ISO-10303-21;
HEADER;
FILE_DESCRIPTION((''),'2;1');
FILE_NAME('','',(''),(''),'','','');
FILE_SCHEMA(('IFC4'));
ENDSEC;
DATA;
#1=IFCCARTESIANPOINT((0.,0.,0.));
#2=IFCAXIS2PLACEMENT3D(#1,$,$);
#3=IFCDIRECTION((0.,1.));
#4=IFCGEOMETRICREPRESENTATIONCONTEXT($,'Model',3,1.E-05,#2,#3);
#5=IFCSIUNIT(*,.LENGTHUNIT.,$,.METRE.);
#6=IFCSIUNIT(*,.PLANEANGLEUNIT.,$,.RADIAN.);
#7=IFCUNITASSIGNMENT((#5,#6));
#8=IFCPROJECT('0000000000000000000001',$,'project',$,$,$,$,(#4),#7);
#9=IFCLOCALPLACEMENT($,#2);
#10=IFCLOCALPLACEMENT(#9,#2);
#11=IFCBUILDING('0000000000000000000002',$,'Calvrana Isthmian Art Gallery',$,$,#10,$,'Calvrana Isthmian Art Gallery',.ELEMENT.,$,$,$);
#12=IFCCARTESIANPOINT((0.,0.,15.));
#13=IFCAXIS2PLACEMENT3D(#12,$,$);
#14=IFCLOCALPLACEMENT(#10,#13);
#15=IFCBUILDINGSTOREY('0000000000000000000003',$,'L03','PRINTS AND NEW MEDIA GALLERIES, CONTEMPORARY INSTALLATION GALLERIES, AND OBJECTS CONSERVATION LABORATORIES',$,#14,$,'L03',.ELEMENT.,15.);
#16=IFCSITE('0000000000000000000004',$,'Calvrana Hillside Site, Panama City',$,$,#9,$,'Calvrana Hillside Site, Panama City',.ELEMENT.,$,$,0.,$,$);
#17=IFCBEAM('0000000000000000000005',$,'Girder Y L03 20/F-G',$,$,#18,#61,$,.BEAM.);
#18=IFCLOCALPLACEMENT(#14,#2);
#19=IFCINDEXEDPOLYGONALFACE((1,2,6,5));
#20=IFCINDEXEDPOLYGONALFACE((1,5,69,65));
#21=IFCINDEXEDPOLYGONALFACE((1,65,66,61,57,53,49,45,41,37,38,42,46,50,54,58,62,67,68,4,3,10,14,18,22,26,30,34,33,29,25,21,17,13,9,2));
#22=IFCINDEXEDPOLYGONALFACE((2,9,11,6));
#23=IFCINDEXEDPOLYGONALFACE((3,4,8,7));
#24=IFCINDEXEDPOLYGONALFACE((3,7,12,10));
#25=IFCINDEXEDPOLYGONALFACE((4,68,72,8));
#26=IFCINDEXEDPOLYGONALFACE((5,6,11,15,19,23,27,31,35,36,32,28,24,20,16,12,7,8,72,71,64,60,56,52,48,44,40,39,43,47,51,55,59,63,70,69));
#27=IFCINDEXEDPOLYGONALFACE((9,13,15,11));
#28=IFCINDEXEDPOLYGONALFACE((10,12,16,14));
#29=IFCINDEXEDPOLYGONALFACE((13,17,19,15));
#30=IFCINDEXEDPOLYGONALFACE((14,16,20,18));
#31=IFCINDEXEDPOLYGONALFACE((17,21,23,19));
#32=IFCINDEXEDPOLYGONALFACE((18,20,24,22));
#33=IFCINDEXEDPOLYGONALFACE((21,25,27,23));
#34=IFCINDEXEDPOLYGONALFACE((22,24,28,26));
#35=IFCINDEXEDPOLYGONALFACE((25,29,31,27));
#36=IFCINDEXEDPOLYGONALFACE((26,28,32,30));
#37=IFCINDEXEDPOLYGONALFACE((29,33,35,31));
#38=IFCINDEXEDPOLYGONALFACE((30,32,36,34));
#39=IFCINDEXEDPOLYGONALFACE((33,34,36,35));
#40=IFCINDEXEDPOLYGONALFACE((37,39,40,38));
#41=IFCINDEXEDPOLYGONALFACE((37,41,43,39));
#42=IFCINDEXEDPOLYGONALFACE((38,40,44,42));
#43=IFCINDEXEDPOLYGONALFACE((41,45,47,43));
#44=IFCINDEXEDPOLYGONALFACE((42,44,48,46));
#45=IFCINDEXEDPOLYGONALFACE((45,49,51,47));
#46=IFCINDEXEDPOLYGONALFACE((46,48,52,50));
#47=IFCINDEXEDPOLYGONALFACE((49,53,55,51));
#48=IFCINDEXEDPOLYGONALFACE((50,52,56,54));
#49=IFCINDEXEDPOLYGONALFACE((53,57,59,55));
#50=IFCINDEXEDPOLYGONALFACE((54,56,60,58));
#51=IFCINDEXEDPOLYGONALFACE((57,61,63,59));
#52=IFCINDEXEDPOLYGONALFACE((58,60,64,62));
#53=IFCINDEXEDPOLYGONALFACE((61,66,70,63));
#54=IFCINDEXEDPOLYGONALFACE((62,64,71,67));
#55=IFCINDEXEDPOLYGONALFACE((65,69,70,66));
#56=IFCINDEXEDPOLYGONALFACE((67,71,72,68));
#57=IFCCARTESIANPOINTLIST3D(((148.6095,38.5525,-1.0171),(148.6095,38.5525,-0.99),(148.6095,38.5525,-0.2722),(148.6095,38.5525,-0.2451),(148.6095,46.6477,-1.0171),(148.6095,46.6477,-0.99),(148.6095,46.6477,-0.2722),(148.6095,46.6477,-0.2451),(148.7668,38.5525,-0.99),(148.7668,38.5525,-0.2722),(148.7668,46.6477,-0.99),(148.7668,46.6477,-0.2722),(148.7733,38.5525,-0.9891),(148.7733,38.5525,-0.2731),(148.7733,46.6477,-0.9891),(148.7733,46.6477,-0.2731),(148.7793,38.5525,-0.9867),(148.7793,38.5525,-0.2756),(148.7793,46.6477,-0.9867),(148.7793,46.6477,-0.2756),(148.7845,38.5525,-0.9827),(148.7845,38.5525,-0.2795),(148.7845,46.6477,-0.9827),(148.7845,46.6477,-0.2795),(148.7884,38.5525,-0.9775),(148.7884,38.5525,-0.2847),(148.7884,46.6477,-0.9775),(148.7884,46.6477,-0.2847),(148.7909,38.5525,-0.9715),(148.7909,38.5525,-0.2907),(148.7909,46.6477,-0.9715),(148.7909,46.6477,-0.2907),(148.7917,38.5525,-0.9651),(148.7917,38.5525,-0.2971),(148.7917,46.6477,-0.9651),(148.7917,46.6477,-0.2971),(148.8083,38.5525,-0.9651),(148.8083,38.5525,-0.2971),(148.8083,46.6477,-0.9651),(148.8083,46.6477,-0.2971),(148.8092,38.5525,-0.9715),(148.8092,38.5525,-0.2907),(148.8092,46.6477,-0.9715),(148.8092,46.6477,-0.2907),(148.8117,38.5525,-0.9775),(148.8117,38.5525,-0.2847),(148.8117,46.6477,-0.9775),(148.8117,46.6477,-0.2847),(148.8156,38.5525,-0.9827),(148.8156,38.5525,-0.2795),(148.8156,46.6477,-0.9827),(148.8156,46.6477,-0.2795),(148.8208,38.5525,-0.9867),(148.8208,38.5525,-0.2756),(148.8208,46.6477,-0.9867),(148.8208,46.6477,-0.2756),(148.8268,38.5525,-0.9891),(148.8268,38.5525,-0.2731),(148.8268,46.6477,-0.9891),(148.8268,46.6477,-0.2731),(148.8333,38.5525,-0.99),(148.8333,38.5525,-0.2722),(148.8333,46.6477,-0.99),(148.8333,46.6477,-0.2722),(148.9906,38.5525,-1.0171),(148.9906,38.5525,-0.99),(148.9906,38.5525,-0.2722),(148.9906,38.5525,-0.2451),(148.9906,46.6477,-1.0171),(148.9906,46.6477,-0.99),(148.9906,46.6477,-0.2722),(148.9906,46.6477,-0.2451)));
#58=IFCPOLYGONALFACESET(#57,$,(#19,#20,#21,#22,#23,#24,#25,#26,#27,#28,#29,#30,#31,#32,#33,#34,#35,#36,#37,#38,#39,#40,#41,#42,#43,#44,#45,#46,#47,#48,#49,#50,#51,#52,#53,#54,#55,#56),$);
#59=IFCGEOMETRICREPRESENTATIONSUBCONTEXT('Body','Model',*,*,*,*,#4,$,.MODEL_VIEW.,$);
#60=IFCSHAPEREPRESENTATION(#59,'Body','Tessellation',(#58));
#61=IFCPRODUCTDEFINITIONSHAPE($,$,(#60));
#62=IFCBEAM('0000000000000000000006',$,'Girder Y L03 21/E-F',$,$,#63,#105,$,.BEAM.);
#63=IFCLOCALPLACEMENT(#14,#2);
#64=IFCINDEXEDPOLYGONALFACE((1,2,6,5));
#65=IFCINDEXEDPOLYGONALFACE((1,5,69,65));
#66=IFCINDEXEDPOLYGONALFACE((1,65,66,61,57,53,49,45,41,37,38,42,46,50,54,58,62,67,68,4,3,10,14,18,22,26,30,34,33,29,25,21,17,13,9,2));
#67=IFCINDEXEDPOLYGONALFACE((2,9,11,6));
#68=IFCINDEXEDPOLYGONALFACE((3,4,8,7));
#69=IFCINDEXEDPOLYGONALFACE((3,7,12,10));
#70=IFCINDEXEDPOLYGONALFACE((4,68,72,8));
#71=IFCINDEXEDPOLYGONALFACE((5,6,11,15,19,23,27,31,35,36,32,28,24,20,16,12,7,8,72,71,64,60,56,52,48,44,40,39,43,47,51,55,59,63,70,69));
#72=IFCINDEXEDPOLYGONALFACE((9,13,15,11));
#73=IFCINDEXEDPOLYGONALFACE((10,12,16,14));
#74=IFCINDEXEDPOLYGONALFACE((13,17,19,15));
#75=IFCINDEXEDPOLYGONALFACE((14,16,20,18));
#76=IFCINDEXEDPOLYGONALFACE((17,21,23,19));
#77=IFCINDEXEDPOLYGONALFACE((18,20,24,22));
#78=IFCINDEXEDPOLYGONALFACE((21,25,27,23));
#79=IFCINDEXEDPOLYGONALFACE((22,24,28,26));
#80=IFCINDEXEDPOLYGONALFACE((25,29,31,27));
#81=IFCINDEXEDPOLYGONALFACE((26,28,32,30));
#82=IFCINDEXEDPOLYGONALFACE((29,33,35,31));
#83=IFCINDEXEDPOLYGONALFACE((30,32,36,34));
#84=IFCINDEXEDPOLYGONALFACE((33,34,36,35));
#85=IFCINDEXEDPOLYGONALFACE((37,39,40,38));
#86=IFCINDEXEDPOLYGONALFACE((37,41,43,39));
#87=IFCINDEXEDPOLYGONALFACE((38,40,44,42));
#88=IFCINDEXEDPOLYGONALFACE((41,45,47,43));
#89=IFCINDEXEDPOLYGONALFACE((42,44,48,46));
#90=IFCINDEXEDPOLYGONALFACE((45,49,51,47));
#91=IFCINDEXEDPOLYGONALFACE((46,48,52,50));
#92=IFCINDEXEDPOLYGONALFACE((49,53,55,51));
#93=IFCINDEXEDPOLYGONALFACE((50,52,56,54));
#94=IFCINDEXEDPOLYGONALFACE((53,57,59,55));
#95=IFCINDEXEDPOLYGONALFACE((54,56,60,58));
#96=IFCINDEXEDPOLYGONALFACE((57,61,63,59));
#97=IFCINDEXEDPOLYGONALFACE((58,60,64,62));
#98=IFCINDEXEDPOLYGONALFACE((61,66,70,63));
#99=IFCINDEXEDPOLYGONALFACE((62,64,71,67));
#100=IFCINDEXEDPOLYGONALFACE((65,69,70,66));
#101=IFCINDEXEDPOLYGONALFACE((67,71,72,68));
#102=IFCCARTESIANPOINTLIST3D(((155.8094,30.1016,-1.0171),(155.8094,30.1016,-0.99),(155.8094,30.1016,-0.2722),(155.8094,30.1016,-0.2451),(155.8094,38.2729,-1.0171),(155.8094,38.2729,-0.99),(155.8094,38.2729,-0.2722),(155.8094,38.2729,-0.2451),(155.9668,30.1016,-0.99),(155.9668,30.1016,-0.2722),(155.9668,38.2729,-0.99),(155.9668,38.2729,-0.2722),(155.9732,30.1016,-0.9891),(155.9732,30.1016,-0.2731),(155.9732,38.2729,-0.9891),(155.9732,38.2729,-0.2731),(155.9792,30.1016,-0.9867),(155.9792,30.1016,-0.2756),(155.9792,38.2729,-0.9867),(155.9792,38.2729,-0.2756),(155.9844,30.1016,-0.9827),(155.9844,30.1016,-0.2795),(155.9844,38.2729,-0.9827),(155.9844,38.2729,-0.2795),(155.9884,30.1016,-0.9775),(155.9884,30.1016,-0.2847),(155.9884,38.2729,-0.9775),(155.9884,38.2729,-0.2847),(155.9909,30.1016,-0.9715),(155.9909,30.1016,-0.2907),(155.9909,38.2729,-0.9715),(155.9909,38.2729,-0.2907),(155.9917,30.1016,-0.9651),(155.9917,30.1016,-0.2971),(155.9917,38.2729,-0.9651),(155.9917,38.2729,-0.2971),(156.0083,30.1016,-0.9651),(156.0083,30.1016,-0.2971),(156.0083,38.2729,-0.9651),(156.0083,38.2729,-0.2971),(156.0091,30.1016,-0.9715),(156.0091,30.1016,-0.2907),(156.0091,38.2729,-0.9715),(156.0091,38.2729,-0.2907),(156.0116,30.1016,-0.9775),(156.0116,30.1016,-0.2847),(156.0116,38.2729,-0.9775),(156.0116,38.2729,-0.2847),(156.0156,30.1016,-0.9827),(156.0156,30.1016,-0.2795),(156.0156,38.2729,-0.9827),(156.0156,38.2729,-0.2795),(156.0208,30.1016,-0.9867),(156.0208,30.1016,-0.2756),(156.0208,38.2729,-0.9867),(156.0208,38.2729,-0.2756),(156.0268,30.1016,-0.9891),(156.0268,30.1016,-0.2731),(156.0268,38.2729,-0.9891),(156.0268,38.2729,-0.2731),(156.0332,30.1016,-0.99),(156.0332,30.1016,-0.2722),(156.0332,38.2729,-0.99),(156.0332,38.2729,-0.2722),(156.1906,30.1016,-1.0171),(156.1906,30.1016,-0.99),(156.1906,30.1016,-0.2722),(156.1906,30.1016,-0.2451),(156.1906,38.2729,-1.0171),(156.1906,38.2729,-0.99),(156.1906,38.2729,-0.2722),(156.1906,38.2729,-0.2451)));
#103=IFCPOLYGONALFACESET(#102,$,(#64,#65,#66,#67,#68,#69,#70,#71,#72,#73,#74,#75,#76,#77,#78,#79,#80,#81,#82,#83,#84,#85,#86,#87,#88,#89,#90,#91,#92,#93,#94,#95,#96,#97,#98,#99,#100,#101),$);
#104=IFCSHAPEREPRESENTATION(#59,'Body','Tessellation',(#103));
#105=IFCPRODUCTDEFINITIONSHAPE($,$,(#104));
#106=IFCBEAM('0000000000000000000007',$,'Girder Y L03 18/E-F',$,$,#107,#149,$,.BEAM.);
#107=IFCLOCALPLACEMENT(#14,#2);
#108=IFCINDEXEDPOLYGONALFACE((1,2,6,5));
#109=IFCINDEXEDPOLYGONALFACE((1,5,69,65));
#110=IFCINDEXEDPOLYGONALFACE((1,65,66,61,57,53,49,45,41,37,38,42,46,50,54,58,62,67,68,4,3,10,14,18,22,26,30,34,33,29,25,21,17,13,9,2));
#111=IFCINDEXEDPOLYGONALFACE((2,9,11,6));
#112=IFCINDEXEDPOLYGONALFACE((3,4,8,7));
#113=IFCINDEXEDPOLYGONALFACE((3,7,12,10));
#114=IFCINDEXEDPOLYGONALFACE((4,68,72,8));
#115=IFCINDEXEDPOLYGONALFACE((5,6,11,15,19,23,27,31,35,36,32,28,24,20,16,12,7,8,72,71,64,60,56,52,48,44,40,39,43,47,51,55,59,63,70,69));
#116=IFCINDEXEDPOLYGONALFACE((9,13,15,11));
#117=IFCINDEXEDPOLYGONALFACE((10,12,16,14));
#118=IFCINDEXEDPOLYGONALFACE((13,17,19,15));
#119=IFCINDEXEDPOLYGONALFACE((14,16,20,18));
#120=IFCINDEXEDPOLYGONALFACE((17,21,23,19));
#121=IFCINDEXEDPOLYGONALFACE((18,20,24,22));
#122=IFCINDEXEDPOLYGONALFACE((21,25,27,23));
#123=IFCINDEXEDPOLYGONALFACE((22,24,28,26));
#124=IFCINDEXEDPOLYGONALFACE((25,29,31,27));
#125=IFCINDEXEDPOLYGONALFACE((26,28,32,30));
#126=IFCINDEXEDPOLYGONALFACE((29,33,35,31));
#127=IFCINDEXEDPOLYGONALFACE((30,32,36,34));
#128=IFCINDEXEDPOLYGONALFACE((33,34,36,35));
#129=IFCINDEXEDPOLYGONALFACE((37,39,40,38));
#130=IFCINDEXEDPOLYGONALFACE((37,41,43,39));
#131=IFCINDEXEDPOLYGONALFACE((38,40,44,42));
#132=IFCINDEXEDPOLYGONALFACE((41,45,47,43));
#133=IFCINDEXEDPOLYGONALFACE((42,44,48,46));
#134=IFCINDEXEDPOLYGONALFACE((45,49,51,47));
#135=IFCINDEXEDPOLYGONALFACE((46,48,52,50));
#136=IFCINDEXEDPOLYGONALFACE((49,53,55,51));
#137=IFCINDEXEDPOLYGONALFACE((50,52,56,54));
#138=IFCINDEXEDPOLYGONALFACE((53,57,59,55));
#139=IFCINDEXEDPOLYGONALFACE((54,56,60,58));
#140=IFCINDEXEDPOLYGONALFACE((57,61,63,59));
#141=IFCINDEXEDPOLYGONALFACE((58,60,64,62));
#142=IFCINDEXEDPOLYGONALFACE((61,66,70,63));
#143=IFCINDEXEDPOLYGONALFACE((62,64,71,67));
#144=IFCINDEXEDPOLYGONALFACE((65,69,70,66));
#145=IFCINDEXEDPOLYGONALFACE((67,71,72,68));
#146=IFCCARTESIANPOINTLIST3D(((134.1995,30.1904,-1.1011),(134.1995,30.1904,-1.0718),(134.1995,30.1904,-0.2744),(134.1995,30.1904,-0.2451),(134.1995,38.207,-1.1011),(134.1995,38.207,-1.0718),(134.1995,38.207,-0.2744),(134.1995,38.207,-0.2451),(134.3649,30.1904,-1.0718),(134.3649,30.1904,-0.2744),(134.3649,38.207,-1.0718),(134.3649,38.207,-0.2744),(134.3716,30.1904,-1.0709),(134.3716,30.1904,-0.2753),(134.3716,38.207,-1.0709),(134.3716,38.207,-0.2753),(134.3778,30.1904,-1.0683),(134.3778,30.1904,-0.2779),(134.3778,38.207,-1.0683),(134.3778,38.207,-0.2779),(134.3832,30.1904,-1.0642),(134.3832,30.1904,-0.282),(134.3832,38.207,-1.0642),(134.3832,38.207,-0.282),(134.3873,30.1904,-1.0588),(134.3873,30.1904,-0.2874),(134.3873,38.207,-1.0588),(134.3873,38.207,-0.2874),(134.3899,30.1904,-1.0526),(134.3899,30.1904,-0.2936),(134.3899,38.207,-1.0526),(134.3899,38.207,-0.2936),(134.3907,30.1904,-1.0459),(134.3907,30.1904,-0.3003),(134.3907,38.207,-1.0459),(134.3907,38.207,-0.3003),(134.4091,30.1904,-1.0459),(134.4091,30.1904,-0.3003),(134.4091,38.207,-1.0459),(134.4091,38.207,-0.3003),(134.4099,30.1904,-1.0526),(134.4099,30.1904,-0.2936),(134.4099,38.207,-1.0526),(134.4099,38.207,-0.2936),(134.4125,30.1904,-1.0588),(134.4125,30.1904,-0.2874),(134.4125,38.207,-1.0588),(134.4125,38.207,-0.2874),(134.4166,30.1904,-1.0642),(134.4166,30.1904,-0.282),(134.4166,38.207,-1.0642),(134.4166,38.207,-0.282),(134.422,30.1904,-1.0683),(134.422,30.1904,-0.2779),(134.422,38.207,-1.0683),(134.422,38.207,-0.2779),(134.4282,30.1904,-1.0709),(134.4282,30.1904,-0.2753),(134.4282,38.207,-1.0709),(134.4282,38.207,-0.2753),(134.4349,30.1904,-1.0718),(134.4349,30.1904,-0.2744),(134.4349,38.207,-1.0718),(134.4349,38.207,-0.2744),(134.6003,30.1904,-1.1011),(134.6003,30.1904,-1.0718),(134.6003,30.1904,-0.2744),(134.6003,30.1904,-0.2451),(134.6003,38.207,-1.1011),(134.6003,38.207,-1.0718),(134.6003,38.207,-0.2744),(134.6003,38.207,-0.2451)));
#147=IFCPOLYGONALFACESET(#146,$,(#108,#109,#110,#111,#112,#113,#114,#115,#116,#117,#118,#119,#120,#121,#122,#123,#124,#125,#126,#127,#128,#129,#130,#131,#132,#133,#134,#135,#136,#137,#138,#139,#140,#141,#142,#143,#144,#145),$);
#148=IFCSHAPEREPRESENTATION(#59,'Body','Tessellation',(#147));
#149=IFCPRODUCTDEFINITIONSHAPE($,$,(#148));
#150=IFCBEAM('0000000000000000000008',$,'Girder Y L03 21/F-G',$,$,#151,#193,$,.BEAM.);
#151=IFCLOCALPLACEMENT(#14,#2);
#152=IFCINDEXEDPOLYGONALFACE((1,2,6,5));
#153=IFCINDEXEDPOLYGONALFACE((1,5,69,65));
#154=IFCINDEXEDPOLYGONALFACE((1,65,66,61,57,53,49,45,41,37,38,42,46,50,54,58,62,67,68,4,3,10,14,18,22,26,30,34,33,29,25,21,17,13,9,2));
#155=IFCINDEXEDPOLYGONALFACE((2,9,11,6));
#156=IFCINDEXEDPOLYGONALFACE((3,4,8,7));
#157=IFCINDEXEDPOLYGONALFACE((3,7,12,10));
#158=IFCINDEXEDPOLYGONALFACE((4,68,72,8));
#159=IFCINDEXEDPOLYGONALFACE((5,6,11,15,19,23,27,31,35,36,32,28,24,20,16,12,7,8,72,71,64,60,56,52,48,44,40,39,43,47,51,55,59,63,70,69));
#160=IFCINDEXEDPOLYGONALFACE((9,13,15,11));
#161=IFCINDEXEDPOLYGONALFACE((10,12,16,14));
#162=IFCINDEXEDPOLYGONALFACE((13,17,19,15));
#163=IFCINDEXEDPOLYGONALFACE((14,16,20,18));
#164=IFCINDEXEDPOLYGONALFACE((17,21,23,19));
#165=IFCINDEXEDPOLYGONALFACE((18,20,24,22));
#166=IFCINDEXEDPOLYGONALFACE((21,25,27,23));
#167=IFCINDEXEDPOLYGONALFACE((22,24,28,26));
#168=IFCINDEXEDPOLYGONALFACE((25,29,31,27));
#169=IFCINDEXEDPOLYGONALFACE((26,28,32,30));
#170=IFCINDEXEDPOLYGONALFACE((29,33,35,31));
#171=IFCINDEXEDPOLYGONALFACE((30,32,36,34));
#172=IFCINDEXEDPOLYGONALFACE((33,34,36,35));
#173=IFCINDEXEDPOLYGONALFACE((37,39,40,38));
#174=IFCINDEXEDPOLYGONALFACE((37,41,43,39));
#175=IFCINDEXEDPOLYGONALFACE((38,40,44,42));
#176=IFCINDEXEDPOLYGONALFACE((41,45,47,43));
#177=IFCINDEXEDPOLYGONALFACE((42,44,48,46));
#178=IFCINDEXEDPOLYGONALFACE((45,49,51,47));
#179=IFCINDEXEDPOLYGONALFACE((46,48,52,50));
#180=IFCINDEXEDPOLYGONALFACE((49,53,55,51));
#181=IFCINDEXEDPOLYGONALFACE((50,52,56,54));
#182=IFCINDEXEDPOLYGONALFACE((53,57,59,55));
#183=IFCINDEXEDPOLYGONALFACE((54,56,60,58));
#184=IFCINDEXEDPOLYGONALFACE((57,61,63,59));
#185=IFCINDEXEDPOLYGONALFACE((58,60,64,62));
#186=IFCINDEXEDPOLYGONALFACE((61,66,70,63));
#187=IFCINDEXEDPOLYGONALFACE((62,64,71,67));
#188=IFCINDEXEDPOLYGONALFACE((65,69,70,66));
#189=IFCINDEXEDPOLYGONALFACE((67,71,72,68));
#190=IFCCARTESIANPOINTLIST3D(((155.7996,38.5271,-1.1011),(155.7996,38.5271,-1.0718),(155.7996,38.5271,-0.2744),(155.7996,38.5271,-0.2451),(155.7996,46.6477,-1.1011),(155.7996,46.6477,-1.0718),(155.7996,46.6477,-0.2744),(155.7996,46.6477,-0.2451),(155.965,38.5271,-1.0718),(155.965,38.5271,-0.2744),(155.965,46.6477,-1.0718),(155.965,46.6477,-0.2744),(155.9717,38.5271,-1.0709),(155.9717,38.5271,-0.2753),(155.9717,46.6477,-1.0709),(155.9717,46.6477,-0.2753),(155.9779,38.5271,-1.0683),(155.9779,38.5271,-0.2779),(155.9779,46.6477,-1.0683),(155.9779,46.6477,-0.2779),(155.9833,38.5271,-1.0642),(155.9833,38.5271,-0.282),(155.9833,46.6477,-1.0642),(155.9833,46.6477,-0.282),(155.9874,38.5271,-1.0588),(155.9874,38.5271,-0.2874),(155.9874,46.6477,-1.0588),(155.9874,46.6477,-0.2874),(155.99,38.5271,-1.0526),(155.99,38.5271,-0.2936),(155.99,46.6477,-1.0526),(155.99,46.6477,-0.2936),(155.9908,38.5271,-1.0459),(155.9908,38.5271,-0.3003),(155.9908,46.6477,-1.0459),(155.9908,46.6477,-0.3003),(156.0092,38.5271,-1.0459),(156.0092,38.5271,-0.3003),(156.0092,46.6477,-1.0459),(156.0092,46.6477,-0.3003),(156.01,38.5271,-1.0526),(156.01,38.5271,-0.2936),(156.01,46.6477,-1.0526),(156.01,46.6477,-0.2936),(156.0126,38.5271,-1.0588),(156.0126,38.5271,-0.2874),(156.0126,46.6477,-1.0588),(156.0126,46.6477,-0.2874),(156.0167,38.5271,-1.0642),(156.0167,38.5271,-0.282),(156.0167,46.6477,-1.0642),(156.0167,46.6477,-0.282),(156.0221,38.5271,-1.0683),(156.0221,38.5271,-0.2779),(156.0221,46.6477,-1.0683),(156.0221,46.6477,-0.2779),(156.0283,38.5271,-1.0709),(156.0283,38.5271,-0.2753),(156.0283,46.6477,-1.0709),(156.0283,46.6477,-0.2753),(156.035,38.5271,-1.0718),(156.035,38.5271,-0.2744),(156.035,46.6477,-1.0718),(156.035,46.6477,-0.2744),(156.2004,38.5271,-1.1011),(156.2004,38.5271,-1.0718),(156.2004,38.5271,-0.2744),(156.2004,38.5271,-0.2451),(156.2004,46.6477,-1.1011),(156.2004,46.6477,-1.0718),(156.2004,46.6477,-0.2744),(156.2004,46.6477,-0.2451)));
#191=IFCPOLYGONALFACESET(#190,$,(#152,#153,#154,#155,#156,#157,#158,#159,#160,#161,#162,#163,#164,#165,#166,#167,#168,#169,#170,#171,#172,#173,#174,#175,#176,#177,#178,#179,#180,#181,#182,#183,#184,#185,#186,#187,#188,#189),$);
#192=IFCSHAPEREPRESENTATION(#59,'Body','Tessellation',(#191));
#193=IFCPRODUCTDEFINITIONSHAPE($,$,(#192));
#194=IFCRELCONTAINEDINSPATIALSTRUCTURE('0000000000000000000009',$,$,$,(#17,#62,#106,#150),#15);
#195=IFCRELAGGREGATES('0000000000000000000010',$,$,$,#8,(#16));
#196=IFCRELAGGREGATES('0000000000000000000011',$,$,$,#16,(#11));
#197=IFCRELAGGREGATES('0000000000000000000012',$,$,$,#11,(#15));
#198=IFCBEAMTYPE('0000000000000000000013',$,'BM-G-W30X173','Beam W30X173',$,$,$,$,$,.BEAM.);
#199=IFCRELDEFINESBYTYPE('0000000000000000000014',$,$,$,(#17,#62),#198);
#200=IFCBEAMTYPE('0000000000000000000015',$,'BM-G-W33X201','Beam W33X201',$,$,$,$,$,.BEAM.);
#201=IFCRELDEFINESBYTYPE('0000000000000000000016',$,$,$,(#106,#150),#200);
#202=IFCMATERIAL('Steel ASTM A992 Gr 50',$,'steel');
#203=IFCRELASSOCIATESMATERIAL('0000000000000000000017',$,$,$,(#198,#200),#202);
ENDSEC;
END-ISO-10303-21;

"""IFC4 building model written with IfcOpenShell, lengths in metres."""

from ifc_helpers import new_model, si_unit, direction, frame, origin, origin_2d, place, context, subcontext, project, spatial, i_section, extrude, material, material_profile, profile_set, type_object, element, save


model = new_model("IFC4")

# Units and contexts
model_context = context("Model", 3, precision=1e-05, world=origin(), true_north=direction((0.0, 1.0)))
body_context = subcontext(model_context, "Body", "Model", "MODEL_VIEW")
ifc_project = project(units=[si_unit("LENGTHUNIT", "METRE"), si_unit("PLANEANGLEUNIT", "RADIAN")], contexts=[model_context])

# Site, building, storey
site_placement = place(None, origin())
site = spatial("IfcSite", under=ifc_project, at=site_placement, Name="Calvrana Hillside Site, Panama City", LongName="Calvrana Hillside Site, Panama City", CompositionType="ELEMENT", RefElevation=0.0)
building_placement = place(site_placement, origin())
building = spatial("IfcBuilding", under=site, at=building_placement, Name="Calvrana Isthmian Art Gallery", LongName="Calvrana Isthmian Art Gallery", CompositionType="ELEMENT")
storey_placement = place(building_placement, frame((0.0, 0.0, 15.0)))
storey = spatial("IfcBuildingStorey", under=building, at=storey_placement, Name="L03", Description="PRINTS AND NEW MEDIA GALLERIES, CONTEMPORARY INSTALLATION GALLERIES, AND OBJECTS CONSERVATION LABORATORIES", LongName="L03", CompositionType="ELEMENT", Elevation=15.0)

# Shared definitions
ifc_material_1 = material(Name="Steel ASTM A992 Gr 50", Category="steel")

# Beams
ifc_material_profile_1 = material_profile(ifc_material_1, i_section(OverallWidth=0.3811, OverallDepth=0.772, WebThickness=0.0166, FlangeThickness=0.0271, FilletRadius=0.0249, at=origin_2d()), Name="W30X173")
ifc_profile_set_1 = profile_set([ifc_material_profile_1], Name="Steel ASTM A992 Gr 50")
beam_type_1 = type_object("IfcBeamType", Name="BM-G-W30X173", Description="Beam W30X173", PredefinedType="BEAM", material=ifc_profile_set_1)
beam_1_placement = place(storey_placement, frame((148.8, 38.5525, -0.6311), z_axis=(0.0, 1.0, 0.0), x_axis=(-1.0, 0.0, 0.0)))
element("IfcBeam", 1, at=beam_1_placement, inside=storey, type_object=beam_type_1, Name="Girder Y L03 20/F-G", PredefinedType="BEAM", context=body_context, shape_type="SweptSolid", body=[
    extrude(i_section(OverallWidth=0.3811, OverallDepth=0.772, WebThickness=0.0166, FlangeThickness=0.0271, FilletRadius=0.0249, at=origin_2d()), origin(), (0.0, 0.0, 1.0), 8.0952),
])
beam_2_placement = place(storey_placement, frame((156.0, 30.1016, -0.6311), z_axis=(0.0, 1.0, 0.0), x_axis=(-1.0, 0.0, 0.0)))
element("IfcBeam", 2, at=beam_2_placement, inside=storey, type_object=beam_type_1, Name="Girder Y L03 21/E-F", PredefinedType="BEAM", context=body_context, shape_type="SweptSolid", body=[
    extrude(i_section(OverallWidth=0.3811, OverallDepth=0.772, WebThickness=0.0166, FlangeThickness=0.0271, FilletRadius=0.0249, at=origin_2d()), origin(), (0.0, 0.0, 1.0), 8.1714),
])
ifc_material_profile_2 = material_profile(ifc_material_1, i_section(OverallWidth=0.4009, OverallDepth=0.856, WebThickness=0.0183, FlangeThickness=0.0293, FilletRadius=0.0259, at=origin_2d()), Name="W33X201")
ifc_profile_set_2 = profile_set([ifc_material_profile_2], Name="Steel ASTM A992 Gr 50")
beam_type_2 = type_object("IfcBeamType", Name="BM-G-W33X201", Description="Beam W33X201", PredefinedType="BEAM", material=ifc_profile_set_2)
beam_3_placement = place(storey_placement, frame((134.3999, 30.1904, -0.6731), z_axis=(0.0, 1.0, 0.0), x_axis=(-1.0, 0.0, 0.0)))
element("IfcBeam", 3, at=beam_3_placement, inside=storey, type_object=beam_type_2, Name="Girder Y L03 18/E-F", PredefinedType="BEAM", context=body_context, shape_type="SweptSolid", body=[
    extrude(i_section(OverallWidth=0.4009, OverallDepth=0.856, WebThickness=0.0183, FlangeThickness=0.0293, FilletRadius=0.0259, at=origin_2d()), origin(), (0.0, 0.0, 1.0), 8.0166),
])
beam_4_placement = place(storey_placement, frame((156.0, 38.5271, -0.6731), z_axis=(0.0, 1.0, 0.0), x_axis=(-1.0, 0.0, 0.0)))
element("IfcBeam", 4, at=beam_4_placement, inside=storey, type_object=beam_type_2, Name="Girder Y L03 21/F-G", PredefinedType="BEAM", context=body_context, shape_type="SweptSolid", body=[
    extrude(i_section(OverallWidth=0.4009, OverallDepth=0.856, WebThickness=0.0183, FlangeThickness=0.0293, FilletRadius=0.0259, at=origin_2d()), origin(), (0.0, 0.0, 1.0), 8.1206),
])

save(model, "model.ifc")
